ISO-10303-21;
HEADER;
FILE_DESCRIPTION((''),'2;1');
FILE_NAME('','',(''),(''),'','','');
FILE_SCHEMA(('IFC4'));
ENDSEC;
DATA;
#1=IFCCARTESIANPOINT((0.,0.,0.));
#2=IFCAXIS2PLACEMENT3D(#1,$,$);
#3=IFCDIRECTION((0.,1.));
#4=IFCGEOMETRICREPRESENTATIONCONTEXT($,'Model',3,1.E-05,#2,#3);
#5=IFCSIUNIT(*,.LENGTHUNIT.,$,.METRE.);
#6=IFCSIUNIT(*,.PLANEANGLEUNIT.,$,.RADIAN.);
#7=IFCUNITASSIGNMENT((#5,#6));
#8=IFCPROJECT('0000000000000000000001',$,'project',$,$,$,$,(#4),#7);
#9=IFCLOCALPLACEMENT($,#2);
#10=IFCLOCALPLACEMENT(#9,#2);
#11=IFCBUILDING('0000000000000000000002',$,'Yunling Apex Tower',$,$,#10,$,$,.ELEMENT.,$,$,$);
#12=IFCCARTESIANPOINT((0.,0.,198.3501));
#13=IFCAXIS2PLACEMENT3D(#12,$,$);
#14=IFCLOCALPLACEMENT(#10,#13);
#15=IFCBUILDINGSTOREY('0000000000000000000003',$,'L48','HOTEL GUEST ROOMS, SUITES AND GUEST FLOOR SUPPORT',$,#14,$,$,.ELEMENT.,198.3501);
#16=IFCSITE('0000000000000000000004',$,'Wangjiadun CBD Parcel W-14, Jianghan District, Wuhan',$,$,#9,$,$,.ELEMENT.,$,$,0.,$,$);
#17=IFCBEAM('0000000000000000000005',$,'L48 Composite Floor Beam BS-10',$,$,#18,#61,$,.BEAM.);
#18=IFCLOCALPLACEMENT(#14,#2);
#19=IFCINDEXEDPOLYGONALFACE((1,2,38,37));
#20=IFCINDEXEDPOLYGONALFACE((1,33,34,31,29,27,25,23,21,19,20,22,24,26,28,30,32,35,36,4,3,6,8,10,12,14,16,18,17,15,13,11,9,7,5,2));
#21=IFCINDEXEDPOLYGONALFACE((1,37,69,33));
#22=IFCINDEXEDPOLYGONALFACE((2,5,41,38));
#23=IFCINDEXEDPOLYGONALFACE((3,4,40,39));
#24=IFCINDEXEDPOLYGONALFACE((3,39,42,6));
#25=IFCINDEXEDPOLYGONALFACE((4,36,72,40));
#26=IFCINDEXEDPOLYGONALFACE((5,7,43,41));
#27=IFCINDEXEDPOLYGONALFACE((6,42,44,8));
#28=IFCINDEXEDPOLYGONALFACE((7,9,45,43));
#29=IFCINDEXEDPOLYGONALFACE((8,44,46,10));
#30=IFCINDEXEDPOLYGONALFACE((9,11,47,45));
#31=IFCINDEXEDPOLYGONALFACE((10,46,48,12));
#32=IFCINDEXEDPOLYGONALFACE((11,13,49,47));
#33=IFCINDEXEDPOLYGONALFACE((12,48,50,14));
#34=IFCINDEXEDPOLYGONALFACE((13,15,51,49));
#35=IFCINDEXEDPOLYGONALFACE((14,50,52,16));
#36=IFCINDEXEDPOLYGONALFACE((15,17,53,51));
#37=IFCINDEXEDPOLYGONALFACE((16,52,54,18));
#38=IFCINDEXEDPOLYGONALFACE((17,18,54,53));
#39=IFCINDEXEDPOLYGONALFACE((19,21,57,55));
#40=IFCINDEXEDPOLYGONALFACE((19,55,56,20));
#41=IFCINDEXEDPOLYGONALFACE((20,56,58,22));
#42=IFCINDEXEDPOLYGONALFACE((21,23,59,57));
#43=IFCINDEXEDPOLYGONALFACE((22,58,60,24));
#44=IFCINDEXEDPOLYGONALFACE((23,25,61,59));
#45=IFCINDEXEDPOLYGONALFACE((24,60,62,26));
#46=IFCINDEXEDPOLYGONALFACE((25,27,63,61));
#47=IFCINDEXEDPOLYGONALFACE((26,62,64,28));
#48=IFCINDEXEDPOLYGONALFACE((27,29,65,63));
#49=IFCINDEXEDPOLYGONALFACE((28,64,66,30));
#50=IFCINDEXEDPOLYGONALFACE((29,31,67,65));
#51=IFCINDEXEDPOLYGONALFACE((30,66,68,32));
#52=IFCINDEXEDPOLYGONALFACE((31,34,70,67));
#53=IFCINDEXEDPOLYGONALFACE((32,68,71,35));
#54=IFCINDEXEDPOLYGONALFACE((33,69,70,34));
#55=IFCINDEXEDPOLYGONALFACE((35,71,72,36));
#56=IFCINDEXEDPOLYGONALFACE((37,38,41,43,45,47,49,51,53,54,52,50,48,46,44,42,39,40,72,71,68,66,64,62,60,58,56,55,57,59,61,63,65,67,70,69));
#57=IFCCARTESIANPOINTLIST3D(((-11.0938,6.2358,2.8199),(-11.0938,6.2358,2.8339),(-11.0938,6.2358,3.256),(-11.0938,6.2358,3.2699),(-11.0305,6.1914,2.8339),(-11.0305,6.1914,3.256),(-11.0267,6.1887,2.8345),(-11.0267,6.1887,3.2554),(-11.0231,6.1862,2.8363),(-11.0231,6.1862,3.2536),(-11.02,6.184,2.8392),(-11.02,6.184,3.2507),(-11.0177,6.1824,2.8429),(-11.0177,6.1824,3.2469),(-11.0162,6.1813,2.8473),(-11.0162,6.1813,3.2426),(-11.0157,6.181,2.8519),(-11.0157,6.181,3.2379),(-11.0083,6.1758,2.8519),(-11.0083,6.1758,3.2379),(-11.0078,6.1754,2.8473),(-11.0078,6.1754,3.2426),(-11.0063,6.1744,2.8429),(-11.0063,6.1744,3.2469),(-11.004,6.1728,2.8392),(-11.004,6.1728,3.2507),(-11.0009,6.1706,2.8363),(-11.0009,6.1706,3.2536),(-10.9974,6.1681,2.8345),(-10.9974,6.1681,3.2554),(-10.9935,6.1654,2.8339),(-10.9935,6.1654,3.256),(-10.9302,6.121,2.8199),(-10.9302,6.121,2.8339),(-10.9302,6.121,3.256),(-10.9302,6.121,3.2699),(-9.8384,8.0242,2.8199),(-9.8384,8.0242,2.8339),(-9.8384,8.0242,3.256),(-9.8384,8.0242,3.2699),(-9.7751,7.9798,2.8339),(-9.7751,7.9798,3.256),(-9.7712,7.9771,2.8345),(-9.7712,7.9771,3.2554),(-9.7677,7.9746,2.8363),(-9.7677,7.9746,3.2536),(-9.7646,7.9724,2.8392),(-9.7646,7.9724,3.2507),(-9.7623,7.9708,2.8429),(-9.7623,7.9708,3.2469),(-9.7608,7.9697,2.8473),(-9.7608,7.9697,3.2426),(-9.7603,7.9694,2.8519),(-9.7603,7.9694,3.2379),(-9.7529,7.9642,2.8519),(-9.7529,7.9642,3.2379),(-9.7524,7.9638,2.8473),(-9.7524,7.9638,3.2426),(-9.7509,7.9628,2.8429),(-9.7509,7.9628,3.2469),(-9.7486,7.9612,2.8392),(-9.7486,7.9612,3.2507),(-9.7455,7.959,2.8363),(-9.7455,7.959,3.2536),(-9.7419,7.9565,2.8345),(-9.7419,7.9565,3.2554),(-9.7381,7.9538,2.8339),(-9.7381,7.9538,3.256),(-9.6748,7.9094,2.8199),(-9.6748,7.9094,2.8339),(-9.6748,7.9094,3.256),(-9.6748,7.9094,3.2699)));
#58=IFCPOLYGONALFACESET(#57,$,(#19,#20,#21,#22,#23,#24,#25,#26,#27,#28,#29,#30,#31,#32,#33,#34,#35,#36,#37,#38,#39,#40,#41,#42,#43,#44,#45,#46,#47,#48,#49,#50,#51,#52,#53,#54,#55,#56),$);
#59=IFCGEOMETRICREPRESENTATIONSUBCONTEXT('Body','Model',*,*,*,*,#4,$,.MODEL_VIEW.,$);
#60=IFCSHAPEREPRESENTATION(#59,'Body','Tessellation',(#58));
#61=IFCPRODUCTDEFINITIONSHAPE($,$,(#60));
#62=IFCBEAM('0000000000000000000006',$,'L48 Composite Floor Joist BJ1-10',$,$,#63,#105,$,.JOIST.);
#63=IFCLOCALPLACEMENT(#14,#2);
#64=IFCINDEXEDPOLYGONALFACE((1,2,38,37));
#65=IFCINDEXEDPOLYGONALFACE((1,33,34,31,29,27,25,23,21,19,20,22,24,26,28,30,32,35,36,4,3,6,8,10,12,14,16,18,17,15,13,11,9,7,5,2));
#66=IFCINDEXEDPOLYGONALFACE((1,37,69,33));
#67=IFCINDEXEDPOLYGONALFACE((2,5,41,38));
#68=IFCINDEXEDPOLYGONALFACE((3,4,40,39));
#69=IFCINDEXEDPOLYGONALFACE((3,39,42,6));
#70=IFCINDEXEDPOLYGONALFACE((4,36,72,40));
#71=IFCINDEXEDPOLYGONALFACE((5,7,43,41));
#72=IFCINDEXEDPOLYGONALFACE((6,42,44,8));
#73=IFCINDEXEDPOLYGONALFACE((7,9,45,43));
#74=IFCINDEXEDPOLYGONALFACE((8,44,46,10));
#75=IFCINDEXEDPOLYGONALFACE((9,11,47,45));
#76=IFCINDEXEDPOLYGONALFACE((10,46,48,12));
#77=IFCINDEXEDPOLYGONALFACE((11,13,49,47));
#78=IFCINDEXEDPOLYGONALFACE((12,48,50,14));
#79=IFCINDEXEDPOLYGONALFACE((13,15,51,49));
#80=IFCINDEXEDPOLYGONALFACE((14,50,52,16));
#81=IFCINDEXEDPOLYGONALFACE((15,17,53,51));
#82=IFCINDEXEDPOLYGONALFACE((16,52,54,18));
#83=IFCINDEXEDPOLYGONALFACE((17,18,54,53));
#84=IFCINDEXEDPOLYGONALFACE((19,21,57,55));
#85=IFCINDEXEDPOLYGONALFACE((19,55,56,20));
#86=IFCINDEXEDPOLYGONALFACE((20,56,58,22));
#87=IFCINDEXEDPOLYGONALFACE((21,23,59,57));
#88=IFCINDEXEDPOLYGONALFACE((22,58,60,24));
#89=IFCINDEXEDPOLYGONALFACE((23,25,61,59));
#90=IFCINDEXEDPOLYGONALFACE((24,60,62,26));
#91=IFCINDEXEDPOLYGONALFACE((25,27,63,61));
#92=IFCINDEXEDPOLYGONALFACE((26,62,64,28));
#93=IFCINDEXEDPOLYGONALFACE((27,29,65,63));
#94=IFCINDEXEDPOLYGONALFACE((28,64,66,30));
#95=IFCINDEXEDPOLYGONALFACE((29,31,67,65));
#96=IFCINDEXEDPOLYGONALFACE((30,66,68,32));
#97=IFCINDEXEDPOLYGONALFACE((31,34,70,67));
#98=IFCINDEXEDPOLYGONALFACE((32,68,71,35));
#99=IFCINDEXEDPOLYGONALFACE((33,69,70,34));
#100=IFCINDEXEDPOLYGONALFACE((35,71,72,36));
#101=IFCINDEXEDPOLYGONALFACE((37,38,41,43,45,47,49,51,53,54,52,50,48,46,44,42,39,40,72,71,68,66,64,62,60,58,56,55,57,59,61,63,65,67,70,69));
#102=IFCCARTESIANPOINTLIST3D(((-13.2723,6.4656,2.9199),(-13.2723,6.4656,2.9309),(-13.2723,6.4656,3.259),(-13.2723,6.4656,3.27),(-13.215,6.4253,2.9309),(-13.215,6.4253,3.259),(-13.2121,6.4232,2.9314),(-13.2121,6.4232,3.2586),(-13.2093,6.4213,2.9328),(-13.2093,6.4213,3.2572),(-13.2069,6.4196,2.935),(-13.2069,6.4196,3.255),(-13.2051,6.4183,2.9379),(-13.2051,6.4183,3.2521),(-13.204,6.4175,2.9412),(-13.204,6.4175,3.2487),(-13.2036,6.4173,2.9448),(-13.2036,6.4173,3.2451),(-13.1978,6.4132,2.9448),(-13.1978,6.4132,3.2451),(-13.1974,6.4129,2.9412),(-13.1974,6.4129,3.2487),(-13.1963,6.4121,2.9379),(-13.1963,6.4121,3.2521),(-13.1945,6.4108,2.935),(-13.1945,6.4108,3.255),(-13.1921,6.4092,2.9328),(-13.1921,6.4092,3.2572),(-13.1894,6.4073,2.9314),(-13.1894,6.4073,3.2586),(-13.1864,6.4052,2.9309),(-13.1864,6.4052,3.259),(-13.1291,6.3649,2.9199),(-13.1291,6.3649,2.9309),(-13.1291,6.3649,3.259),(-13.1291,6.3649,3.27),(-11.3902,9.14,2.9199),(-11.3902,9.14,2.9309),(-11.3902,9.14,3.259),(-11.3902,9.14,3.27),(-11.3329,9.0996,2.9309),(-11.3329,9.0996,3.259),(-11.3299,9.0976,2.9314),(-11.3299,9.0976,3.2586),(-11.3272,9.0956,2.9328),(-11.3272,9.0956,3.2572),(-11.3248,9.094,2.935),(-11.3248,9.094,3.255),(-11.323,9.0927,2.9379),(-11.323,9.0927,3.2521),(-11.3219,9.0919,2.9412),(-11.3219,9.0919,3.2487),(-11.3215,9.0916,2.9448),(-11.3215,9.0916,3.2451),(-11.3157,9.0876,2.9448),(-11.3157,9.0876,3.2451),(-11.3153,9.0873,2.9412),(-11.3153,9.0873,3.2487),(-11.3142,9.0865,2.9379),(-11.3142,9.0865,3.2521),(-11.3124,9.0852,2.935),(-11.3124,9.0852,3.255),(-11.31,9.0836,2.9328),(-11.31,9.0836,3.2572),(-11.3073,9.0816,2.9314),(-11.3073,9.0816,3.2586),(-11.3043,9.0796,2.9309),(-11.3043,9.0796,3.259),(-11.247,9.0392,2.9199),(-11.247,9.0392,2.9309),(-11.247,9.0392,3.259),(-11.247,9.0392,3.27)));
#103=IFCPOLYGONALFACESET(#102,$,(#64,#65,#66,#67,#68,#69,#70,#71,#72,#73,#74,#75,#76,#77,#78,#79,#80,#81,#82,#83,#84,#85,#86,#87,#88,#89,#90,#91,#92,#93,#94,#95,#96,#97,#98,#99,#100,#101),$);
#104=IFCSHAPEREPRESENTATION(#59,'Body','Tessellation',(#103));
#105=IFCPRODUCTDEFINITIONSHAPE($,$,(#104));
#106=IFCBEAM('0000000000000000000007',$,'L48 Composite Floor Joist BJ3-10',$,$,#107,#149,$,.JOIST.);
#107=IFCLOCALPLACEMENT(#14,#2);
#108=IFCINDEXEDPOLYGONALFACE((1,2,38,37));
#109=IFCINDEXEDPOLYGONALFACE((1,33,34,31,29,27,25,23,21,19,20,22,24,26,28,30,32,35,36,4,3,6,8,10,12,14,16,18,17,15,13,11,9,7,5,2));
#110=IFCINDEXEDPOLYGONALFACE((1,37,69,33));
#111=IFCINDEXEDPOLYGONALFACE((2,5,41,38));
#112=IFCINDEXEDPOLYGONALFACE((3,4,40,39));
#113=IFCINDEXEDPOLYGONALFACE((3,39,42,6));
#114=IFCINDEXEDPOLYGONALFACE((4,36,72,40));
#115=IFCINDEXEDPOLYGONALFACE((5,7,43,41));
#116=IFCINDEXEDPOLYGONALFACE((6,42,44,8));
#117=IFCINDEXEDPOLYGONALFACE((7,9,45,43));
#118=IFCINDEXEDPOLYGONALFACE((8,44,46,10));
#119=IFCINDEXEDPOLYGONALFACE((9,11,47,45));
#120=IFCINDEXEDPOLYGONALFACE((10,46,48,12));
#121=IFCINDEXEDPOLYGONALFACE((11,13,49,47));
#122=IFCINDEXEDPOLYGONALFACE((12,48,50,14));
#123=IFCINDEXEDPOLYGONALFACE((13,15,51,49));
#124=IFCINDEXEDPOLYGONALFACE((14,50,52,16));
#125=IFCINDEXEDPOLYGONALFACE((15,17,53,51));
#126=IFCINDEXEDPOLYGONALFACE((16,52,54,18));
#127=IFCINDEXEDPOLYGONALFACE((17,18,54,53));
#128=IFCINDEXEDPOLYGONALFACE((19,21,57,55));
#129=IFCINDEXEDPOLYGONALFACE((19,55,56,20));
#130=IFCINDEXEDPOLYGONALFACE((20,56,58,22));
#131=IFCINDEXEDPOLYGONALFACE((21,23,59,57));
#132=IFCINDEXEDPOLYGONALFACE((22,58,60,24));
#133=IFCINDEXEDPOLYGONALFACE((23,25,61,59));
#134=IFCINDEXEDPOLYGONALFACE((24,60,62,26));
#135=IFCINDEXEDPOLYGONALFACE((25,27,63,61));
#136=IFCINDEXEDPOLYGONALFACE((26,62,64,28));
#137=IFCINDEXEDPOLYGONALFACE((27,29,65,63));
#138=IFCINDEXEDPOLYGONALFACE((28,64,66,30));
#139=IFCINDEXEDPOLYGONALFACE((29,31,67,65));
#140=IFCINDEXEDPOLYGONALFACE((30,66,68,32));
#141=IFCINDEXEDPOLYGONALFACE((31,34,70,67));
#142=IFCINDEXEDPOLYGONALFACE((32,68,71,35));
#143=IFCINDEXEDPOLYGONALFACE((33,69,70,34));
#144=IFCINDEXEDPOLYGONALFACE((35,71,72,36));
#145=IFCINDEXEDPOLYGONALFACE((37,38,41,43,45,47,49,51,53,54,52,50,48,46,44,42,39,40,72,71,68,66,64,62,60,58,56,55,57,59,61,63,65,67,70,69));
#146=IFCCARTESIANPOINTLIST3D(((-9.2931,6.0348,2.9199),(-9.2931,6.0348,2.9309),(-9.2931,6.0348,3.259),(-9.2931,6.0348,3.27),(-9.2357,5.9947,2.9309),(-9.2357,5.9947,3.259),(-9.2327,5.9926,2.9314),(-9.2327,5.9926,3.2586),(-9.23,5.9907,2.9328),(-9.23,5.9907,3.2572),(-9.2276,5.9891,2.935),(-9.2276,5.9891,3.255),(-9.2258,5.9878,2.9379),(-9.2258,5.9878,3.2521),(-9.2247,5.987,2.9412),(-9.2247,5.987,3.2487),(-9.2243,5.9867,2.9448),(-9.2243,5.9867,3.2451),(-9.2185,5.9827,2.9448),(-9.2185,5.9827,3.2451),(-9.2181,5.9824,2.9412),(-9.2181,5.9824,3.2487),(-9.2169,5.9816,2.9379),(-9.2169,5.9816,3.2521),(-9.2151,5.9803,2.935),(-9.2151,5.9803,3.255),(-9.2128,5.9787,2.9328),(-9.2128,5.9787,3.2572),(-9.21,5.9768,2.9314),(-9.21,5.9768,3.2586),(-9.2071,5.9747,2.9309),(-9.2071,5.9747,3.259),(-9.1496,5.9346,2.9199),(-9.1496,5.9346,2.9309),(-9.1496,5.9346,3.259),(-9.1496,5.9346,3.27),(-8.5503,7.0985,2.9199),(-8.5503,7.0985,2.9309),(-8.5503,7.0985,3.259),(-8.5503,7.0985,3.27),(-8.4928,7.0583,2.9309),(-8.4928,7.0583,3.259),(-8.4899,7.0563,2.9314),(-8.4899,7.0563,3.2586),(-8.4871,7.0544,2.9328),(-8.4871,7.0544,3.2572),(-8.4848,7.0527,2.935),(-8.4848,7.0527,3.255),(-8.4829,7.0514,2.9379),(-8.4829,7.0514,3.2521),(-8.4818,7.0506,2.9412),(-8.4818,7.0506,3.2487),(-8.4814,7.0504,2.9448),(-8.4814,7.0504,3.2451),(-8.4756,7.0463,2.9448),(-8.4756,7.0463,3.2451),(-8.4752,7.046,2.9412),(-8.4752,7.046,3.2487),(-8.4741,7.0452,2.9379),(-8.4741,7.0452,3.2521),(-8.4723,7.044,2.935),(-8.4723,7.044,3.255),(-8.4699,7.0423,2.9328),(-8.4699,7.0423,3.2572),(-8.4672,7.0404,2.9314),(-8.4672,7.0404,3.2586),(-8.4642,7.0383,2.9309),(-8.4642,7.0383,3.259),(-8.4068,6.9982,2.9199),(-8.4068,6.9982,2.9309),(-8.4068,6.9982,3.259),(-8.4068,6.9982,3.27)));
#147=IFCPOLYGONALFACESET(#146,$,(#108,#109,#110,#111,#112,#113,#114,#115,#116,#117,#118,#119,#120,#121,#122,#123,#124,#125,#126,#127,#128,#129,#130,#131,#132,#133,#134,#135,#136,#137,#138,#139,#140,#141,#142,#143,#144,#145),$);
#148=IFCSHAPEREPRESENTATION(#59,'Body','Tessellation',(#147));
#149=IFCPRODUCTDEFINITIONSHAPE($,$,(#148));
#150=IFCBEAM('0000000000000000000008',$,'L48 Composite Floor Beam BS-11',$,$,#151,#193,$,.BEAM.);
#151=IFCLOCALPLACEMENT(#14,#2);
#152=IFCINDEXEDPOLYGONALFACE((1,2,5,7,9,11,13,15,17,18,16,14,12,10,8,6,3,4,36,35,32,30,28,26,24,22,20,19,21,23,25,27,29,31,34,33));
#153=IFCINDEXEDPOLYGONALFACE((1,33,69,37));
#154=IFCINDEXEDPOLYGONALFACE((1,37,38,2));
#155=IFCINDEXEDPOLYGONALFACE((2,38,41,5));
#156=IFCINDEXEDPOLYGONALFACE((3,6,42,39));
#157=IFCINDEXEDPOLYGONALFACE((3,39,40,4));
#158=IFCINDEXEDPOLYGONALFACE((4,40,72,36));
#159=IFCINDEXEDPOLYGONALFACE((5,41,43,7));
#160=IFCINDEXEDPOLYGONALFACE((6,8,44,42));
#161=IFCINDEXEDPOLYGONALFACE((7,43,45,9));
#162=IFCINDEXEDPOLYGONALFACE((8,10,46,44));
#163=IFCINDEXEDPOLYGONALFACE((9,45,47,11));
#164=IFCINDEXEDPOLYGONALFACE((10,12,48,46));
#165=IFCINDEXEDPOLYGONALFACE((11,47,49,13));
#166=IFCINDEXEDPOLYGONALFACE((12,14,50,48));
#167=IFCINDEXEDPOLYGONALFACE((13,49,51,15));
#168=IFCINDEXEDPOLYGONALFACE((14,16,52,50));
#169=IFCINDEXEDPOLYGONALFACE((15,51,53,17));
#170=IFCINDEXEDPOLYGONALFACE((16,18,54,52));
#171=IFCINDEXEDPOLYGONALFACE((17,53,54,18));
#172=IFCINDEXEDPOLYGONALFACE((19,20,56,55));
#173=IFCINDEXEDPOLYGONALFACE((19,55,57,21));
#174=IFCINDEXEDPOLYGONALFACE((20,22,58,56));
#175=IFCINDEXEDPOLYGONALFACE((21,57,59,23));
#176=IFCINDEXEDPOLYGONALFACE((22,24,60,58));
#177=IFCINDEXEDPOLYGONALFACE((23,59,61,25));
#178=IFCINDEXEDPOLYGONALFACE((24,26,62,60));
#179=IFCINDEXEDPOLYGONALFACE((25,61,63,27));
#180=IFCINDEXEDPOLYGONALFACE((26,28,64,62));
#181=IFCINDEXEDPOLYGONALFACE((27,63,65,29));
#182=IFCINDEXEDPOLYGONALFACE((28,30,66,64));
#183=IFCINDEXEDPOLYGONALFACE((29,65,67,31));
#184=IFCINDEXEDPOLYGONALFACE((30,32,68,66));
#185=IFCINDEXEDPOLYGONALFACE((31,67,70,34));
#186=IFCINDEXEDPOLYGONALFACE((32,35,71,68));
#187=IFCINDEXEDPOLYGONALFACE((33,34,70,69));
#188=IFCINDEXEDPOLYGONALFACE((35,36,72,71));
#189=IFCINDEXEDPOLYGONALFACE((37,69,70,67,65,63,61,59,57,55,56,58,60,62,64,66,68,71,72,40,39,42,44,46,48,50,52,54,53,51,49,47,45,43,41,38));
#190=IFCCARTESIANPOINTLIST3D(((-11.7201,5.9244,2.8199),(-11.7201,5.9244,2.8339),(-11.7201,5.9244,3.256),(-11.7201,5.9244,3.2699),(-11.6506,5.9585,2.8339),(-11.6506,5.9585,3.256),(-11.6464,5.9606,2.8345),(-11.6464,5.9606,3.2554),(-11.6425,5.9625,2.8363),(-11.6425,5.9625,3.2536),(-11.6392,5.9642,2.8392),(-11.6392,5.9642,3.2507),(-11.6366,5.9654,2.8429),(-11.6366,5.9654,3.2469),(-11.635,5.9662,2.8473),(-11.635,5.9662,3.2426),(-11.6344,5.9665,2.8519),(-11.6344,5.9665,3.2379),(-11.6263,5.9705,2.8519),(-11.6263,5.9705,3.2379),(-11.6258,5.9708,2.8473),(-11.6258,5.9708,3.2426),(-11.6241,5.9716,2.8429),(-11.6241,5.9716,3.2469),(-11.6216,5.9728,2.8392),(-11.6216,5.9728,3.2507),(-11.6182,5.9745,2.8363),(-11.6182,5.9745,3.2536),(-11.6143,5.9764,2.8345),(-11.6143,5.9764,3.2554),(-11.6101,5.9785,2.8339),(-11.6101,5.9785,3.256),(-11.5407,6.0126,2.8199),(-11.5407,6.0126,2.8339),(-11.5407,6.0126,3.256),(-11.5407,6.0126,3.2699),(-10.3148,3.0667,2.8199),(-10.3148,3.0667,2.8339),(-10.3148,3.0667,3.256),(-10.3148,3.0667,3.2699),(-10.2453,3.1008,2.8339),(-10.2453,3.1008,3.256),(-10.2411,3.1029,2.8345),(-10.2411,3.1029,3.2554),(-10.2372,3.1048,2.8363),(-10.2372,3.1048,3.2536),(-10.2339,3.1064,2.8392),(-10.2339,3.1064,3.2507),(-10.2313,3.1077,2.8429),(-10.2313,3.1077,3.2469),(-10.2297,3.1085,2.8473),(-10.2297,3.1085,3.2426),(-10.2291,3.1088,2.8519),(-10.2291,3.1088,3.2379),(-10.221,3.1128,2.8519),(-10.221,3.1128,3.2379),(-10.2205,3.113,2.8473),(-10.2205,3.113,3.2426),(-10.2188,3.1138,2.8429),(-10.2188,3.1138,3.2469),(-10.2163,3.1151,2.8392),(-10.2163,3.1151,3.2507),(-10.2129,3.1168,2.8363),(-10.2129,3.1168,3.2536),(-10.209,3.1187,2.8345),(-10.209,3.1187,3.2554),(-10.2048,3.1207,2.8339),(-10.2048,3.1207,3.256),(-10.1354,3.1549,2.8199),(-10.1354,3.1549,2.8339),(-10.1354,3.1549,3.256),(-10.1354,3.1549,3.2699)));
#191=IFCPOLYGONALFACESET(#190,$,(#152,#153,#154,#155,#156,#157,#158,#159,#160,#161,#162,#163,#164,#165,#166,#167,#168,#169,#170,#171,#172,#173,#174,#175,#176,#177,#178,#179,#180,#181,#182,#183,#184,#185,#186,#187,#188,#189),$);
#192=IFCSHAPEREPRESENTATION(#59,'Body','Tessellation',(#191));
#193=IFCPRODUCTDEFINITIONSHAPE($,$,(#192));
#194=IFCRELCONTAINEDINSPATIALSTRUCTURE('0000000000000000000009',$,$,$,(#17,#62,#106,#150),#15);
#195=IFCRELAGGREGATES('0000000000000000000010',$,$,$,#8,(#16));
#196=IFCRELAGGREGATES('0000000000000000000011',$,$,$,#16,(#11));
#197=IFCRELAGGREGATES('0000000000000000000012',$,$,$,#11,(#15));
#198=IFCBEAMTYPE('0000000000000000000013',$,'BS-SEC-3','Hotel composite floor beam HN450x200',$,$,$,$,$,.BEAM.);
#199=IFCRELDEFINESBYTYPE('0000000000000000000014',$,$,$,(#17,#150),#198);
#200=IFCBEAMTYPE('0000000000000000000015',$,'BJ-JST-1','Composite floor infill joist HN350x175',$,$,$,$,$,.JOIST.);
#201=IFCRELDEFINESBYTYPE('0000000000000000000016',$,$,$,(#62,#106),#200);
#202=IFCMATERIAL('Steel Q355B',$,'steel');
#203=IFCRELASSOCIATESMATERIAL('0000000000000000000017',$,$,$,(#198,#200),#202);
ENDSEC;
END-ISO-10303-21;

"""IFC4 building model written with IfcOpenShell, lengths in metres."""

from ifc_helpers import new_model, si_unit, direction, frame, origin, origin_2d, place, context, subcontext, project, spatial, i_section, extrude, source, transform, mapped, material, material_profile, profile_set, type_object, element, save


model = new_model("IFC4")

# Units and contexts
model_context = context("Model", 3, precision=1e-05, world=origin(), true_north=direction((0.0, 1.0)))
body_context = subcontext(model_context, "Body", "Model", "MODEL_VIEW")
ifc_project = project(units=[si_unit("LENGTHUNIT", "METRE"), si_unit("PLANEANGLEUNIT", "RADIAN")], contexts=[model_context])

# Site, building, storey
site_placement = place(None, origin())
site = spatial("IfcSite", under=ifc_project, at=site_placement, Name="Wangjiadun CBD Parcel W-14, Jianghan District, Wuhan", CompositionType="ELEMENT", RefElevation=0.0)
building_placement = place(site_placement, origin())
building = spatial("IfcBuilding", under=site, at=building_placement, Name="Yunling Apex Tower", CompositionType="ELEMENT")
storey_placement = place(building_placement, frame((0.0, 0.0, 198.3501)))
storey = spatial("IfcBuildingStorey", under=building, at=storey_placement, Name="L48", Description="HOTEL GUEST ROOMS, SUITES AND GUEST FLOOR SUPPORT", CompositionType="ELEMENT", Elevation=198.3501)

# Beams
ifc_material_1 = material(Name="Steel Q355B", Category="steel")
ifc_material_profile_1 = material_profile(ifc_material_1, i_section(OverallWidth=0.2, OverallDepth=0.45, WebThickness=0.009, FlangeThickness=0.0139, FilletRadius=0.0181, at=origin_2d()))
ifc_profile_set_1 = profile_set([ifc_material_profile_1], Name="Steel Q355B")
beam_type_1 = type_object("IfcBeamType", Name="BS-SEC-3", Description="Hotel composite floor beam HN450x200", PredefinedType="BEAM", material=ifc_profile_set_1)
shared_shape_1 = source(origin(), body_context, "Body", "SweptSolid", [
    extrude(i_section(OverallWidth=0.2, OverallDepth=0.45, WebThickness=0.009, FlangeThickness=0.0139, FilletRadius=0.0181, at=origin_2d()), origin(), (0.0, 0.0, 1.0), 2.1851),
])
beam_1_placement = place(storey_placement, frame((-9.7566, 7.9668, 3.0449), z_axis=(-0.574549, -0.81847, 0.0), x_axis=(0.81847, -0.574549, 0.0)))
element("IfcBeam", 1, at=beam_1_placement, inside=storey, type_object=beam_type_1, Name="L48 Composite Floor Beam BS-10", PredefinedType="BEAM", context=body_context, shape_type="MappedRepresentation", body=[
    mapped(shared_shape_1, transform((0.0, 0.0, 0.0), scale=1.0)),
])
ifc_material_profile_2 = material_profile(ifc_material_1, i_section(OverallWidth=0.175, OverallDepth=0.3501, WebThickness=0.0071, FlangeThickness=0.011, FilletRadius=0.0139, at=origin_2d()))
ifc_profile_set_2 = profile_set([ifc_material_profile_2], Name="Steel Q355B")
beam_type_2 = type_object("IfcBeamType", Name="BJ-JST-1", Description="Composite floor infill joist HN350x175", PredefinedType="JOIST", material=ifc_profile_set_2)
shared_shape_2 = source(origin(), body_context, "Body", "SweptSolid", [
    extrude(i_section(OverallWidth=0.175, OverallDepth=0.3501, WebThickness=0.0071, FlangeThickness=0.011, FilletRadius=0.0139, at=origin_2d()), origin(), (0.0, 0.0, 1.0), 3.2703),
])
beam_2_placement = place(storey_placement, frame((-11.3186, 9.0896, 3.095), z_axis=(-0.575525, -0.817784, 0.0), x_axis=(0.817784, -0.575525, 0.0)))
element("IfcBeam", 2, at=beam_2_placement, inside=storey, type_object=beam_type_2, Name="L48 Composite Floor Joist BJ1-10", PredefinedType="JOIST", context=body_context, shape_type="MappedRepresentation", body=[
    mapped(shared_shape_2, transform((0.0, 0.0, 0.0), scale=1.0)),
])
shared_shape_3 = source(origin(), body_context, "Body", "SweptSolid", [
    extrude(i_section(OverallWidth=0.175, OverallDepth=0.3501, WebThickness=0.0071, FlangeThickness=0.011, FilletRadius=0.0139, at=origin_2d()), origin(), (0.0, 0.0, 1.0), 1.2974),
])
beam_3_placement = place(storey_placement, frame((-8.4785, 7.0483, 3.095), z_axis=(-0.572591, -0.819841, 0.0), x_axis=(0.819841, -0.572591, 0.0)))
element("IfcBeam", 3, at=beam_3_placement, inside=storey, type_object=beam_type_2, Name="L48 Composite Floor Joist BJ3-10", PredefinedType="JOIST", context=body_context, shape_type="MappedRepresentation", body=[
    mapped(shared_shape_3, transform((0.0, 0.0, 0.0), scale=1.0)),
])
shared_shape_4 = source(origin(), body_context, "Body", "SweptSolid", [
    extrude(i_section(OverallWidth=0.2, OverallDepth=0.45, WebThickness=0.009, FlangeThickness=0.0139, FilletRadius=0.0181, at=origin_2d()), origin(), (0.0, 0.0, 1.0), 3.1846),
])
beam_4_placement = place(storey_placement, frame((-11.6304, 5.9685, 3.0449), z_axis=(0.441285, -0.897367, 0.0), x_axis=(0.897367, 0.441285, 0.0)))
element("IfcBeam", 4, at=beam_4_placement, inside=storey, type_object=beam_type_1, Name="L48 Composite Floor Beam BS-11", PredefinedType="BEAM", context=body_context, shape_type="MappedRepresentation", body=[
    mapped(shared_shape_4, transform((0.0, 0.0, 0.0), scale=1.0)),
])

save(model, "model.ifc")
